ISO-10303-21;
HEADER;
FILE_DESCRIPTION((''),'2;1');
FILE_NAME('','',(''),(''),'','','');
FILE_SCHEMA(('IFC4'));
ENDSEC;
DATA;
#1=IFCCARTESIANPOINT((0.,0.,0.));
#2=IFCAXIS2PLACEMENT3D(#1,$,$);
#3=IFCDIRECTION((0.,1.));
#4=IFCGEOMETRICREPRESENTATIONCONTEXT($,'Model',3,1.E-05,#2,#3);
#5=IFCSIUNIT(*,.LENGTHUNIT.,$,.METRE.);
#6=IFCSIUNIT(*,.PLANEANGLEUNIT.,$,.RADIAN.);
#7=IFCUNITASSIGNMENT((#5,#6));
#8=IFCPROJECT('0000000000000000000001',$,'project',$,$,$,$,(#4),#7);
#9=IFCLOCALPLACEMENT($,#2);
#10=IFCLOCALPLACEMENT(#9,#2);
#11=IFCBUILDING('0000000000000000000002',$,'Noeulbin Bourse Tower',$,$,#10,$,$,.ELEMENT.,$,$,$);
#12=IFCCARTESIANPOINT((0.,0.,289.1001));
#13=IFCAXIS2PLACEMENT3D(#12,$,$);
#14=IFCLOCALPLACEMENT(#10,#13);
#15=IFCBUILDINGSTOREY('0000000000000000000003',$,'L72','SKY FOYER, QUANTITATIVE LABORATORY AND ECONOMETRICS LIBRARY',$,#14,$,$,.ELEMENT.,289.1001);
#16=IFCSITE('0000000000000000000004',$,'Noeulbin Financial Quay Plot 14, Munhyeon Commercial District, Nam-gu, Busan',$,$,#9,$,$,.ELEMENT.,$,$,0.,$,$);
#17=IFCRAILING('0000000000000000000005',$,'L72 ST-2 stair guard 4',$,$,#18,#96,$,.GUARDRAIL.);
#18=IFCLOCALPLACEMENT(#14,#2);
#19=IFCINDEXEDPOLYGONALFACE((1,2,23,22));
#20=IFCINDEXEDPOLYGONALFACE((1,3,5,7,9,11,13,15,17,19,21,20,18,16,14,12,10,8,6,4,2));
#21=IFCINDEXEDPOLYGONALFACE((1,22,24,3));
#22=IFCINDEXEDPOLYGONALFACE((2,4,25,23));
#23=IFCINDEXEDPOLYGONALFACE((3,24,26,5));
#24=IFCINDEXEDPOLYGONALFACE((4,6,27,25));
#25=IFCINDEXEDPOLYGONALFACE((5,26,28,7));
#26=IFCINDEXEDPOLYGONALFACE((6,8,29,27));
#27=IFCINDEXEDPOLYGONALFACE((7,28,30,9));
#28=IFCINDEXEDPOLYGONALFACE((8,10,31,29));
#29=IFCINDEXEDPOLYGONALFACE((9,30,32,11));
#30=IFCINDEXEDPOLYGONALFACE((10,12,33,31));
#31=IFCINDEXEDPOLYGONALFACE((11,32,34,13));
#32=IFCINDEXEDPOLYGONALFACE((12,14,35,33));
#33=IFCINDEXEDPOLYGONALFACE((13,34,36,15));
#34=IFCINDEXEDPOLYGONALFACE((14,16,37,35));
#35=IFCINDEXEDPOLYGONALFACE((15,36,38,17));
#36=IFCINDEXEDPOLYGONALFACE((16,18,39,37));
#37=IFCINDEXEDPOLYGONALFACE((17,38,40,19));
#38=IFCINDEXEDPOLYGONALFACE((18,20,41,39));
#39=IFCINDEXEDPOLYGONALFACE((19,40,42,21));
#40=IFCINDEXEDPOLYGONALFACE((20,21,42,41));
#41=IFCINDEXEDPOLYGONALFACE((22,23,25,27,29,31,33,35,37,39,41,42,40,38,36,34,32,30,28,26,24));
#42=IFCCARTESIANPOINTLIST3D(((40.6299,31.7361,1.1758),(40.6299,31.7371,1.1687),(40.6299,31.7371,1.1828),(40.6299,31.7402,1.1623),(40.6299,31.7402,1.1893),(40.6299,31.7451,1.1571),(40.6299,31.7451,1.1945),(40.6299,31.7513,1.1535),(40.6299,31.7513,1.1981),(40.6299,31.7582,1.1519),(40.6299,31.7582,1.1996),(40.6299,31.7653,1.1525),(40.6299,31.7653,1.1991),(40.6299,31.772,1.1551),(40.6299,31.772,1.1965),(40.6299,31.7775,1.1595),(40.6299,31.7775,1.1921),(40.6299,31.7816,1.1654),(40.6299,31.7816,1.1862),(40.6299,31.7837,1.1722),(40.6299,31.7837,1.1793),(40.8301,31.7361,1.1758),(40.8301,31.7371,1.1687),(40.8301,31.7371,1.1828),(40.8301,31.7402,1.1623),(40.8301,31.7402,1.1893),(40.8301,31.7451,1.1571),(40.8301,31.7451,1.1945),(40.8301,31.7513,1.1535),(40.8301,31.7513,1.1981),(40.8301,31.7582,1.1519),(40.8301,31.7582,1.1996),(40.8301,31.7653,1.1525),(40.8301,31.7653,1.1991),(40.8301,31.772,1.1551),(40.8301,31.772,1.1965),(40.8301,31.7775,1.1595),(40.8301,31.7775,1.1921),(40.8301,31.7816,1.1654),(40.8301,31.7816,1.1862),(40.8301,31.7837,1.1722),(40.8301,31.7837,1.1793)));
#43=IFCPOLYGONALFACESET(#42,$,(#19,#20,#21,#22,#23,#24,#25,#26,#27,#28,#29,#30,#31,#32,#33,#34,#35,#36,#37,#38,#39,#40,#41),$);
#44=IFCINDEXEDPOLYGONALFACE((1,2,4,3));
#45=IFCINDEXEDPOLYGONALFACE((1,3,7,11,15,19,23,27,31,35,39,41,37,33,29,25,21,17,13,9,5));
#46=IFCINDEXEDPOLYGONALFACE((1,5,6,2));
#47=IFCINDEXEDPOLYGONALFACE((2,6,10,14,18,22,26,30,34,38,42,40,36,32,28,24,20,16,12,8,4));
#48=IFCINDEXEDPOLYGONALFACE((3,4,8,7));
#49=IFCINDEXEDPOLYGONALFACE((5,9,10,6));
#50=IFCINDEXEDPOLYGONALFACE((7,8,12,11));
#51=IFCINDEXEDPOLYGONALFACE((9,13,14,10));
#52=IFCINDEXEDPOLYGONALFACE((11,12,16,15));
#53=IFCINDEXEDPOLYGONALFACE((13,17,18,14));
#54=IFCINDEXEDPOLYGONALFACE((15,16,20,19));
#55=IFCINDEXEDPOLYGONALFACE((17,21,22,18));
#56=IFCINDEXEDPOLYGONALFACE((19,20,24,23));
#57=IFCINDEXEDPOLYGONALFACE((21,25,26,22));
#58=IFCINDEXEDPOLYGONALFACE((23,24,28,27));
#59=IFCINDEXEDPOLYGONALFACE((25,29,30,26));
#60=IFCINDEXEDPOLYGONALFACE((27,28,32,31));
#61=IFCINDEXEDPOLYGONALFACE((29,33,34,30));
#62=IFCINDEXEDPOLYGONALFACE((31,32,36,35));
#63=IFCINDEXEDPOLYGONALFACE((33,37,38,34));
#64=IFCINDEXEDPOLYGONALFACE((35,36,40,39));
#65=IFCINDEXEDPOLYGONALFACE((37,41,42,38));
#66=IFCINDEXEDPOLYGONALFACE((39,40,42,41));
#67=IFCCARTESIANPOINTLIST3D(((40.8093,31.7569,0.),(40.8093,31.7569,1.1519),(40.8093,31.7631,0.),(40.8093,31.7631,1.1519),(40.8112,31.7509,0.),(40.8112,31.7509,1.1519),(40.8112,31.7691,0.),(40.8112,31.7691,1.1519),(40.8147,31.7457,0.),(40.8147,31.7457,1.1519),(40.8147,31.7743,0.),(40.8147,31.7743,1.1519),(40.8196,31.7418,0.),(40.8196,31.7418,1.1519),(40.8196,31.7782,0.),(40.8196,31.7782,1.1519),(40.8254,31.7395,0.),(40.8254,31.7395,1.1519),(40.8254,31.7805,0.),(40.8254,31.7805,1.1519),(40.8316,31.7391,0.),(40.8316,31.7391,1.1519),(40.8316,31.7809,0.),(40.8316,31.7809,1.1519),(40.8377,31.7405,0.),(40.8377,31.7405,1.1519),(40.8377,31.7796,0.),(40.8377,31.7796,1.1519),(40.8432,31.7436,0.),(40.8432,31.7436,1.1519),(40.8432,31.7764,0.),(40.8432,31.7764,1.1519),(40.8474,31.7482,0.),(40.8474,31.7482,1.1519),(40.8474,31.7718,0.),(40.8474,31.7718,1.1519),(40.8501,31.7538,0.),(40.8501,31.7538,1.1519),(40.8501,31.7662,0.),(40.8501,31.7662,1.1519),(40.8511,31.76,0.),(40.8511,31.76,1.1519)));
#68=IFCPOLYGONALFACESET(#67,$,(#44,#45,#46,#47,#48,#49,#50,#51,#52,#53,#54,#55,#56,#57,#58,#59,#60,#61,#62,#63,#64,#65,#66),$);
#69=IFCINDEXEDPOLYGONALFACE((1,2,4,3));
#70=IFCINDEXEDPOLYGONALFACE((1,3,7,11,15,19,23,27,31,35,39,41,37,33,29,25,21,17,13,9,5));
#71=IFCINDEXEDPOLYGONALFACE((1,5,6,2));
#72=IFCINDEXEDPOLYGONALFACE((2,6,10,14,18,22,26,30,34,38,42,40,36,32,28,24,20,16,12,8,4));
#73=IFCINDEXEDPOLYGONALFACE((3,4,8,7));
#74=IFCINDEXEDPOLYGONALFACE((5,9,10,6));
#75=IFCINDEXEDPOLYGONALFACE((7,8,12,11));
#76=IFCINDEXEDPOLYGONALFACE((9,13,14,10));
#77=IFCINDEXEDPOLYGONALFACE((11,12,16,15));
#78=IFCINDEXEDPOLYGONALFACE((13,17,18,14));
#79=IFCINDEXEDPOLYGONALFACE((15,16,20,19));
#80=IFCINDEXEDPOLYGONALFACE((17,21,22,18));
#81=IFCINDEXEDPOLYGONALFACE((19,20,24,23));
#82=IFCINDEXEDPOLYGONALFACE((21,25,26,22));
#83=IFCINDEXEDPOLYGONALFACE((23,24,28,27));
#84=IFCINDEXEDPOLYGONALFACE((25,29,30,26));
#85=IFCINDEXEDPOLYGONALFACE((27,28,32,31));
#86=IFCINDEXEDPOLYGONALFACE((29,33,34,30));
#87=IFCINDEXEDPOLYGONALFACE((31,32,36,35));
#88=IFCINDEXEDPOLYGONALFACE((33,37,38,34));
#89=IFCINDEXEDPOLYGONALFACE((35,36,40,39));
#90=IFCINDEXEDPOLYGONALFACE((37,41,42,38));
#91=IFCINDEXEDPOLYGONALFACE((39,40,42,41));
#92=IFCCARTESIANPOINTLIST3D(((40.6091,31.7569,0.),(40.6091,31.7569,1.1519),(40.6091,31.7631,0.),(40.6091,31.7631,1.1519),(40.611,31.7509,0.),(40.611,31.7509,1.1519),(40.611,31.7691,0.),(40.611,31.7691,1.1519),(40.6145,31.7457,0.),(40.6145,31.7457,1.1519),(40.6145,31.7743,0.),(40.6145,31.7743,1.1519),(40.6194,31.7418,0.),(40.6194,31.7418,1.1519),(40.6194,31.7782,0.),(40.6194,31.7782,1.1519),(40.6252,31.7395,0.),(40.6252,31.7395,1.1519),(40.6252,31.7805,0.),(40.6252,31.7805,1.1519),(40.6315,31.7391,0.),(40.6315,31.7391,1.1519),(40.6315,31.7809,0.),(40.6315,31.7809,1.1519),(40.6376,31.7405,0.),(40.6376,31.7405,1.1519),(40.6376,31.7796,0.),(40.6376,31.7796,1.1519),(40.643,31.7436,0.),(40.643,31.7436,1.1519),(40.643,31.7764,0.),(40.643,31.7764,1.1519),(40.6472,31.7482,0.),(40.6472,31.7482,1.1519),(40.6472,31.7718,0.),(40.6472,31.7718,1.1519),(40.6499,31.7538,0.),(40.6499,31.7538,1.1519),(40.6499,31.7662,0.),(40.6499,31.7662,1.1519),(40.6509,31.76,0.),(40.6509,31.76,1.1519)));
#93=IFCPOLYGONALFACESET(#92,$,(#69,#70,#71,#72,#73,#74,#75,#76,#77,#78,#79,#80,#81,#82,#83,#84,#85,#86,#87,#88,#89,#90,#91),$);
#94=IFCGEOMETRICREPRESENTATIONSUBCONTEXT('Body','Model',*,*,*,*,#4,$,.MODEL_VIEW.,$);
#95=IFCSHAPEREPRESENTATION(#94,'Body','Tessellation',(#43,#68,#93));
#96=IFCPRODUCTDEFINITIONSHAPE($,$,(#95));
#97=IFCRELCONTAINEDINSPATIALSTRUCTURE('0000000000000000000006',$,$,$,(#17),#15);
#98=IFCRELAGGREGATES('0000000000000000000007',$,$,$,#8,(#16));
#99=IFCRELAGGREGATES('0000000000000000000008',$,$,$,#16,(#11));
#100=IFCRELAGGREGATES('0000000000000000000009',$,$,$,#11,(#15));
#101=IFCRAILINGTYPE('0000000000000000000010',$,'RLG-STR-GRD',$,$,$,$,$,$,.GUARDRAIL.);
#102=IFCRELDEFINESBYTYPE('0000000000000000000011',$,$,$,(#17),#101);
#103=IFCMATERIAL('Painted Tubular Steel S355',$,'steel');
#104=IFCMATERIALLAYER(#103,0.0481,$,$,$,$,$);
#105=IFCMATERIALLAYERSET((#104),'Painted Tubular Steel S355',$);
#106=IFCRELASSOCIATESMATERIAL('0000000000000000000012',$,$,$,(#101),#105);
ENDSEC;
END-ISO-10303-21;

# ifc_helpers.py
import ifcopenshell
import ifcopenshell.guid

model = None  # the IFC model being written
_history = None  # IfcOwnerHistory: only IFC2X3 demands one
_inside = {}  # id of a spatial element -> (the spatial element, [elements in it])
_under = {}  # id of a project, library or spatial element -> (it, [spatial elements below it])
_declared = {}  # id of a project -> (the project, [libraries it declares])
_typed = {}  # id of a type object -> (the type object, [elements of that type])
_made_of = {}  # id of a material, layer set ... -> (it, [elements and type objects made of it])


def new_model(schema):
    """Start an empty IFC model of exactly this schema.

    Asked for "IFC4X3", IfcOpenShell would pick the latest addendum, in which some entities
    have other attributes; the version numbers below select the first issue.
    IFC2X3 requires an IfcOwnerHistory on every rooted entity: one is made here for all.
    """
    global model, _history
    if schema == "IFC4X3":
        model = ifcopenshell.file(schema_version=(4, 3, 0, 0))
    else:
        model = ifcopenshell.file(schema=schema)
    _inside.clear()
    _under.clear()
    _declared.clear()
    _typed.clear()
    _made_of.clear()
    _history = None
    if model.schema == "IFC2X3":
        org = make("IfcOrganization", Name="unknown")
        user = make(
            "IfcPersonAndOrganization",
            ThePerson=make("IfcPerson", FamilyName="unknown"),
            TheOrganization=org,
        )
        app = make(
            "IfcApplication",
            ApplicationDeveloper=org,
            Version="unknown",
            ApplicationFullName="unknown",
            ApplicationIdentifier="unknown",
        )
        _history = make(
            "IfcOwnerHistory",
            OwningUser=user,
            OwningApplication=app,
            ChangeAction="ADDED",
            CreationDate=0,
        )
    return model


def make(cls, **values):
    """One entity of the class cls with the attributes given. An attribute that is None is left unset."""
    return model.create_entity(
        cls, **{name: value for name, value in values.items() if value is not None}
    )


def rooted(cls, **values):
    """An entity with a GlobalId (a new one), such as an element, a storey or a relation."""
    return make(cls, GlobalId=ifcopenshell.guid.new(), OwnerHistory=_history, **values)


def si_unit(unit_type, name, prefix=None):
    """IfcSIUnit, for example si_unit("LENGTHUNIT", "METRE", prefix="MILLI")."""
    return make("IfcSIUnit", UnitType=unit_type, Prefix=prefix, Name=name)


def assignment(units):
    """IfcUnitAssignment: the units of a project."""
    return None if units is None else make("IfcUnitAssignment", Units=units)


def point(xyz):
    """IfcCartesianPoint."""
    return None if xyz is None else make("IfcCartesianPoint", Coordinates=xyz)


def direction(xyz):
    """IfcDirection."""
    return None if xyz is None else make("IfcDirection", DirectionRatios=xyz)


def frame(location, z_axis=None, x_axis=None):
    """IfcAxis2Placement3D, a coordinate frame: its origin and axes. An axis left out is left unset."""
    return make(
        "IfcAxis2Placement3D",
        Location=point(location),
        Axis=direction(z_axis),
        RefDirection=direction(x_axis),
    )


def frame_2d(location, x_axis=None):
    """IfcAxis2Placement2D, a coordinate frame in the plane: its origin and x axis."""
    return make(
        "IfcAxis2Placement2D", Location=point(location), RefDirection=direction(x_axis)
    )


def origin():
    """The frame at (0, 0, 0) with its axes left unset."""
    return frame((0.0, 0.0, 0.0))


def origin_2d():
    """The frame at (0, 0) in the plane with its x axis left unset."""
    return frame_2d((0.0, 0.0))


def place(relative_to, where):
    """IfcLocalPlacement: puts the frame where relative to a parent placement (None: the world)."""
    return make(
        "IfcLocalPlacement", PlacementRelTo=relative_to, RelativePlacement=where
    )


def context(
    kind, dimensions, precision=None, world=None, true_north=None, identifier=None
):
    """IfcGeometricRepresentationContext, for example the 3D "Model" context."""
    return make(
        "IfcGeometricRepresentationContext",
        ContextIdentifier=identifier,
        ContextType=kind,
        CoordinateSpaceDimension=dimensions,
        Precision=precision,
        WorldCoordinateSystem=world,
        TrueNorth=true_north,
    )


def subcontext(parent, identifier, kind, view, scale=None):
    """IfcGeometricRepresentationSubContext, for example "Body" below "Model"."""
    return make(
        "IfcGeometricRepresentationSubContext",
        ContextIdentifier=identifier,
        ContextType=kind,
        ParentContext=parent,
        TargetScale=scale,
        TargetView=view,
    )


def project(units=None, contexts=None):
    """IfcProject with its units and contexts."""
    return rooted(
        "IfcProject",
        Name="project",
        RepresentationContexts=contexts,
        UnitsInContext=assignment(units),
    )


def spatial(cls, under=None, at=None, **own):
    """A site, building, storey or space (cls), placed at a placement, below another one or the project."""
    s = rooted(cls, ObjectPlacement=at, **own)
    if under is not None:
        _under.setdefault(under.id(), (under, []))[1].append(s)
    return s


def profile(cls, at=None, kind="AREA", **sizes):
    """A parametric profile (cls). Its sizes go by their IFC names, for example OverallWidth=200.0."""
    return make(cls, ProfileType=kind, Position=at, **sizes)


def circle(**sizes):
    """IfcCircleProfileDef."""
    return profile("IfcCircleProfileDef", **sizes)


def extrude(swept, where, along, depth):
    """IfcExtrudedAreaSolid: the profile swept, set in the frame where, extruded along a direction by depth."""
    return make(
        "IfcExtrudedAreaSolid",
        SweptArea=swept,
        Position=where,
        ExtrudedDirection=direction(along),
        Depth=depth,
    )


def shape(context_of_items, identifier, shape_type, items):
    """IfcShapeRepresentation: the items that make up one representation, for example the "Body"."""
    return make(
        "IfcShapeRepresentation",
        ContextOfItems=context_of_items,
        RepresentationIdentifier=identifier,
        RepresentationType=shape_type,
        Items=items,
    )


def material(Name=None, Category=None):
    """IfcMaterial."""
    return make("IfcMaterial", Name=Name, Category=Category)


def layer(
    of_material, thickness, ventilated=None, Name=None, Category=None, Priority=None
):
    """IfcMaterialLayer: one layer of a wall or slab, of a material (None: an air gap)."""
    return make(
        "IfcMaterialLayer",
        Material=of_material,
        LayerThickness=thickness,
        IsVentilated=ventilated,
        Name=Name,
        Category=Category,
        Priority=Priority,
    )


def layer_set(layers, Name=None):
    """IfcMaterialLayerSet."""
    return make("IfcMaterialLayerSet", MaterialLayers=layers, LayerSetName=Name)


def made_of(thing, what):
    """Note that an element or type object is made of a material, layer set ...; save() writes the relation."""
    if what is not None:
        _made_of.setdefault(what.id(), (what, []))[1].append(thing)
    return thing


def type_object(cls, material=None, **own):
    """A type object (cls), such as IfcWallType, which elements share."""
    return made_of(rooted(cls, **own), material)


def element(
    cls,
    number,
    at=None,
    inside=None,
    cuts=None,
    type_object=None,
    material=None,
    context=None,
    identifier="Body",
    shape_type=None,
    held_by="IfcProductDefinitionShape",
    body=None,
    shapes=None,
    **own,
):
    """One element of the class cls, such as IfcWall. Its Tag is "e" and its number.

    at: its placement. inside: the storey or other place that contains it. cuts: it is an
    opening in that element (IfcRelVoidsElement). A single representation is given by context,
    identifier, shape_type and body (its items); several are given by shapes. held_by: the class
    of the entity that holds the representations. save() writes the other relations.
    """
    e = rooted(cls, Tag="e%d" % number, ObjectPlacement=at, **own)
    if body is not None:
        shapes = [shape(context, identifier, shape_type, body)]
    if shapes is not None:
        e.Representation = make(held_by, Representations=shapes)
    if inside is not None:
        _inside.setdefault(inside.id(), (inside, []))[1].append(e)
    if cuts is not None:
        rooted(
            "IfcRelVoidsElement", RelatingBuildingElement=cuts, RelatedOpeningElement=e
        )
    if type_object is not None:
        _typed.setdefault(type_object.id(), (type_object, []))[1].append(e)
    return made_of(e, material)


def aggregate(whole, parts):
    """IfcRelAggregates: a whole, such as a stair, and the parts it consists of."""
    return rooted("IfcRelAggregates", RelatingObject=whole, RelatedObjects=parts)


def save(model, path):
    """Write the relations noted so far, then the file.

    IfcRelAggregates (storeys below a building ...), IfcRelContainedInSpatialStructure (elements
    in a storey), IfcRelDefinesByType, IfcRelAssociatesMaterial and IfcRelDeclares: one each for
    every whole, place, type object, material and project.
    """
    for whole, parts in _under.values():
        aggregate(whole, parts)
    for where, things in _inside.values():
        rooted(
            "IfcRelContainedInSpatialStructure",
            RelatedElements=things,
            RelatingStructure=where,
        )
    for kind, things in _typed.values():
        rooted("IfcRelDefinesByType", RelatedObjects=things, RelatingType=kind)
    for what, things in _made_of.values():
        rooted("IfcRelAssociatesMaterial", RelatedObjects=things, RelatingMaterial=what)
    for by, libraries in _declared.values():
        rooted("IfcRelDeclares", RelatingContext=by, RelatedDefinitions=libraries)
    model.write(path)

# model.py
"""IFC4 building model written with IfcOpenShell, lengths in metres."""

from ifc_helpers import new_model, si_unit, direction, frame, origin, origin_2d, place, context, subcontext, project, spatial, circle, extrude, material, layer, layer_set, type_object, element, save


model = new_model("IFC4")

# Units and contexts
model_context = context("Model", 3, precision=1e-05, world=origin(), true_north=direction((0.0, 1.0)))
body_context = subcontext(model_context, "Body", "Model", "MODEL_VIEW")
ifc_project = project(units=[si_unit("LENGTHUNIT", "METRE"), si_unit("PLANEANGLEUNIT", "RADIAN")], contexts=[model_context])

# Site, building, storey
site_placement = place(None, origin())
site = spatial("IfcSite", under=ifc_project, at=site_placement, Name="Noeulbin Financial Quay Plot 14, Munhyeon Commercial District, Nam-gu, Busan", CompositionType="ELEMENT", RefElevation=0.0)
building_placement = place(site_placement, origin())
building = spatial("IfcBuilding", under=site, at=building_placement, Name="Noeulbin Bourse Tower", CompositionType="ELEMENT")
storey_placement = place(building_placement, frame((0.0, 0.0, 289.1001)))
storey = spatial("IfcBuildingStorey", under=building, at=storey_placement, Name="L72", Description="SKY FOYER, QUANTITATIVE LABORATORY AND ECONOMETRICS LIBRARY", CompositionType="ELEMENT", Elevation=289.1001)

# Railing
ifc_material_1 = material(Name="Painted Tubular Steel S355", Category="steel")
ifc_layer_1 = layer(ifc_material_1, 0.0481)
ifc_layer_set_1 = layer_set([ifc_layer_1], Name="Painted Tubular Steel S355")
railing_type_1 = type_object("IfcRailingType", Name="RLG-STR-GRD", PredefinedType="GUARDRAIL", material=ifc_layer_set_1)
railing_1_placement = place(storey_placement, frame((40.8301, 31.76, 0.0)))
element("IfcRailing", 1, at=railing_1_placement, inside=storey, type_object=railing_type_1, Name="L72 ST-2 stair guard 4", PredefinedType="GUARDRAIL", context=body_context, shape_type="SweptSolid", body=[
    extrude(circle(Radius=0.0239, at=origin_2d()), frame((0.0, 0.0, 1.1758), z_axis=(-1.0, 0.0, 0.0), x_axis=(0.0, -1.0, 0.0)), (0.0, 0.0, 1.0), 0.2002),
    extrude(circle(Radius=0.021, at=origin_2d()), origin(), (0.0, 0.0, 1.0), 1.1519),
    extrude(circle(Radius=0.021, at=origin_2d()), frame((-0.2002, 0.0, 0.0)), (0.0, 0.0, 1.0), 1.1519),
])

save(model, "model.ifc")
